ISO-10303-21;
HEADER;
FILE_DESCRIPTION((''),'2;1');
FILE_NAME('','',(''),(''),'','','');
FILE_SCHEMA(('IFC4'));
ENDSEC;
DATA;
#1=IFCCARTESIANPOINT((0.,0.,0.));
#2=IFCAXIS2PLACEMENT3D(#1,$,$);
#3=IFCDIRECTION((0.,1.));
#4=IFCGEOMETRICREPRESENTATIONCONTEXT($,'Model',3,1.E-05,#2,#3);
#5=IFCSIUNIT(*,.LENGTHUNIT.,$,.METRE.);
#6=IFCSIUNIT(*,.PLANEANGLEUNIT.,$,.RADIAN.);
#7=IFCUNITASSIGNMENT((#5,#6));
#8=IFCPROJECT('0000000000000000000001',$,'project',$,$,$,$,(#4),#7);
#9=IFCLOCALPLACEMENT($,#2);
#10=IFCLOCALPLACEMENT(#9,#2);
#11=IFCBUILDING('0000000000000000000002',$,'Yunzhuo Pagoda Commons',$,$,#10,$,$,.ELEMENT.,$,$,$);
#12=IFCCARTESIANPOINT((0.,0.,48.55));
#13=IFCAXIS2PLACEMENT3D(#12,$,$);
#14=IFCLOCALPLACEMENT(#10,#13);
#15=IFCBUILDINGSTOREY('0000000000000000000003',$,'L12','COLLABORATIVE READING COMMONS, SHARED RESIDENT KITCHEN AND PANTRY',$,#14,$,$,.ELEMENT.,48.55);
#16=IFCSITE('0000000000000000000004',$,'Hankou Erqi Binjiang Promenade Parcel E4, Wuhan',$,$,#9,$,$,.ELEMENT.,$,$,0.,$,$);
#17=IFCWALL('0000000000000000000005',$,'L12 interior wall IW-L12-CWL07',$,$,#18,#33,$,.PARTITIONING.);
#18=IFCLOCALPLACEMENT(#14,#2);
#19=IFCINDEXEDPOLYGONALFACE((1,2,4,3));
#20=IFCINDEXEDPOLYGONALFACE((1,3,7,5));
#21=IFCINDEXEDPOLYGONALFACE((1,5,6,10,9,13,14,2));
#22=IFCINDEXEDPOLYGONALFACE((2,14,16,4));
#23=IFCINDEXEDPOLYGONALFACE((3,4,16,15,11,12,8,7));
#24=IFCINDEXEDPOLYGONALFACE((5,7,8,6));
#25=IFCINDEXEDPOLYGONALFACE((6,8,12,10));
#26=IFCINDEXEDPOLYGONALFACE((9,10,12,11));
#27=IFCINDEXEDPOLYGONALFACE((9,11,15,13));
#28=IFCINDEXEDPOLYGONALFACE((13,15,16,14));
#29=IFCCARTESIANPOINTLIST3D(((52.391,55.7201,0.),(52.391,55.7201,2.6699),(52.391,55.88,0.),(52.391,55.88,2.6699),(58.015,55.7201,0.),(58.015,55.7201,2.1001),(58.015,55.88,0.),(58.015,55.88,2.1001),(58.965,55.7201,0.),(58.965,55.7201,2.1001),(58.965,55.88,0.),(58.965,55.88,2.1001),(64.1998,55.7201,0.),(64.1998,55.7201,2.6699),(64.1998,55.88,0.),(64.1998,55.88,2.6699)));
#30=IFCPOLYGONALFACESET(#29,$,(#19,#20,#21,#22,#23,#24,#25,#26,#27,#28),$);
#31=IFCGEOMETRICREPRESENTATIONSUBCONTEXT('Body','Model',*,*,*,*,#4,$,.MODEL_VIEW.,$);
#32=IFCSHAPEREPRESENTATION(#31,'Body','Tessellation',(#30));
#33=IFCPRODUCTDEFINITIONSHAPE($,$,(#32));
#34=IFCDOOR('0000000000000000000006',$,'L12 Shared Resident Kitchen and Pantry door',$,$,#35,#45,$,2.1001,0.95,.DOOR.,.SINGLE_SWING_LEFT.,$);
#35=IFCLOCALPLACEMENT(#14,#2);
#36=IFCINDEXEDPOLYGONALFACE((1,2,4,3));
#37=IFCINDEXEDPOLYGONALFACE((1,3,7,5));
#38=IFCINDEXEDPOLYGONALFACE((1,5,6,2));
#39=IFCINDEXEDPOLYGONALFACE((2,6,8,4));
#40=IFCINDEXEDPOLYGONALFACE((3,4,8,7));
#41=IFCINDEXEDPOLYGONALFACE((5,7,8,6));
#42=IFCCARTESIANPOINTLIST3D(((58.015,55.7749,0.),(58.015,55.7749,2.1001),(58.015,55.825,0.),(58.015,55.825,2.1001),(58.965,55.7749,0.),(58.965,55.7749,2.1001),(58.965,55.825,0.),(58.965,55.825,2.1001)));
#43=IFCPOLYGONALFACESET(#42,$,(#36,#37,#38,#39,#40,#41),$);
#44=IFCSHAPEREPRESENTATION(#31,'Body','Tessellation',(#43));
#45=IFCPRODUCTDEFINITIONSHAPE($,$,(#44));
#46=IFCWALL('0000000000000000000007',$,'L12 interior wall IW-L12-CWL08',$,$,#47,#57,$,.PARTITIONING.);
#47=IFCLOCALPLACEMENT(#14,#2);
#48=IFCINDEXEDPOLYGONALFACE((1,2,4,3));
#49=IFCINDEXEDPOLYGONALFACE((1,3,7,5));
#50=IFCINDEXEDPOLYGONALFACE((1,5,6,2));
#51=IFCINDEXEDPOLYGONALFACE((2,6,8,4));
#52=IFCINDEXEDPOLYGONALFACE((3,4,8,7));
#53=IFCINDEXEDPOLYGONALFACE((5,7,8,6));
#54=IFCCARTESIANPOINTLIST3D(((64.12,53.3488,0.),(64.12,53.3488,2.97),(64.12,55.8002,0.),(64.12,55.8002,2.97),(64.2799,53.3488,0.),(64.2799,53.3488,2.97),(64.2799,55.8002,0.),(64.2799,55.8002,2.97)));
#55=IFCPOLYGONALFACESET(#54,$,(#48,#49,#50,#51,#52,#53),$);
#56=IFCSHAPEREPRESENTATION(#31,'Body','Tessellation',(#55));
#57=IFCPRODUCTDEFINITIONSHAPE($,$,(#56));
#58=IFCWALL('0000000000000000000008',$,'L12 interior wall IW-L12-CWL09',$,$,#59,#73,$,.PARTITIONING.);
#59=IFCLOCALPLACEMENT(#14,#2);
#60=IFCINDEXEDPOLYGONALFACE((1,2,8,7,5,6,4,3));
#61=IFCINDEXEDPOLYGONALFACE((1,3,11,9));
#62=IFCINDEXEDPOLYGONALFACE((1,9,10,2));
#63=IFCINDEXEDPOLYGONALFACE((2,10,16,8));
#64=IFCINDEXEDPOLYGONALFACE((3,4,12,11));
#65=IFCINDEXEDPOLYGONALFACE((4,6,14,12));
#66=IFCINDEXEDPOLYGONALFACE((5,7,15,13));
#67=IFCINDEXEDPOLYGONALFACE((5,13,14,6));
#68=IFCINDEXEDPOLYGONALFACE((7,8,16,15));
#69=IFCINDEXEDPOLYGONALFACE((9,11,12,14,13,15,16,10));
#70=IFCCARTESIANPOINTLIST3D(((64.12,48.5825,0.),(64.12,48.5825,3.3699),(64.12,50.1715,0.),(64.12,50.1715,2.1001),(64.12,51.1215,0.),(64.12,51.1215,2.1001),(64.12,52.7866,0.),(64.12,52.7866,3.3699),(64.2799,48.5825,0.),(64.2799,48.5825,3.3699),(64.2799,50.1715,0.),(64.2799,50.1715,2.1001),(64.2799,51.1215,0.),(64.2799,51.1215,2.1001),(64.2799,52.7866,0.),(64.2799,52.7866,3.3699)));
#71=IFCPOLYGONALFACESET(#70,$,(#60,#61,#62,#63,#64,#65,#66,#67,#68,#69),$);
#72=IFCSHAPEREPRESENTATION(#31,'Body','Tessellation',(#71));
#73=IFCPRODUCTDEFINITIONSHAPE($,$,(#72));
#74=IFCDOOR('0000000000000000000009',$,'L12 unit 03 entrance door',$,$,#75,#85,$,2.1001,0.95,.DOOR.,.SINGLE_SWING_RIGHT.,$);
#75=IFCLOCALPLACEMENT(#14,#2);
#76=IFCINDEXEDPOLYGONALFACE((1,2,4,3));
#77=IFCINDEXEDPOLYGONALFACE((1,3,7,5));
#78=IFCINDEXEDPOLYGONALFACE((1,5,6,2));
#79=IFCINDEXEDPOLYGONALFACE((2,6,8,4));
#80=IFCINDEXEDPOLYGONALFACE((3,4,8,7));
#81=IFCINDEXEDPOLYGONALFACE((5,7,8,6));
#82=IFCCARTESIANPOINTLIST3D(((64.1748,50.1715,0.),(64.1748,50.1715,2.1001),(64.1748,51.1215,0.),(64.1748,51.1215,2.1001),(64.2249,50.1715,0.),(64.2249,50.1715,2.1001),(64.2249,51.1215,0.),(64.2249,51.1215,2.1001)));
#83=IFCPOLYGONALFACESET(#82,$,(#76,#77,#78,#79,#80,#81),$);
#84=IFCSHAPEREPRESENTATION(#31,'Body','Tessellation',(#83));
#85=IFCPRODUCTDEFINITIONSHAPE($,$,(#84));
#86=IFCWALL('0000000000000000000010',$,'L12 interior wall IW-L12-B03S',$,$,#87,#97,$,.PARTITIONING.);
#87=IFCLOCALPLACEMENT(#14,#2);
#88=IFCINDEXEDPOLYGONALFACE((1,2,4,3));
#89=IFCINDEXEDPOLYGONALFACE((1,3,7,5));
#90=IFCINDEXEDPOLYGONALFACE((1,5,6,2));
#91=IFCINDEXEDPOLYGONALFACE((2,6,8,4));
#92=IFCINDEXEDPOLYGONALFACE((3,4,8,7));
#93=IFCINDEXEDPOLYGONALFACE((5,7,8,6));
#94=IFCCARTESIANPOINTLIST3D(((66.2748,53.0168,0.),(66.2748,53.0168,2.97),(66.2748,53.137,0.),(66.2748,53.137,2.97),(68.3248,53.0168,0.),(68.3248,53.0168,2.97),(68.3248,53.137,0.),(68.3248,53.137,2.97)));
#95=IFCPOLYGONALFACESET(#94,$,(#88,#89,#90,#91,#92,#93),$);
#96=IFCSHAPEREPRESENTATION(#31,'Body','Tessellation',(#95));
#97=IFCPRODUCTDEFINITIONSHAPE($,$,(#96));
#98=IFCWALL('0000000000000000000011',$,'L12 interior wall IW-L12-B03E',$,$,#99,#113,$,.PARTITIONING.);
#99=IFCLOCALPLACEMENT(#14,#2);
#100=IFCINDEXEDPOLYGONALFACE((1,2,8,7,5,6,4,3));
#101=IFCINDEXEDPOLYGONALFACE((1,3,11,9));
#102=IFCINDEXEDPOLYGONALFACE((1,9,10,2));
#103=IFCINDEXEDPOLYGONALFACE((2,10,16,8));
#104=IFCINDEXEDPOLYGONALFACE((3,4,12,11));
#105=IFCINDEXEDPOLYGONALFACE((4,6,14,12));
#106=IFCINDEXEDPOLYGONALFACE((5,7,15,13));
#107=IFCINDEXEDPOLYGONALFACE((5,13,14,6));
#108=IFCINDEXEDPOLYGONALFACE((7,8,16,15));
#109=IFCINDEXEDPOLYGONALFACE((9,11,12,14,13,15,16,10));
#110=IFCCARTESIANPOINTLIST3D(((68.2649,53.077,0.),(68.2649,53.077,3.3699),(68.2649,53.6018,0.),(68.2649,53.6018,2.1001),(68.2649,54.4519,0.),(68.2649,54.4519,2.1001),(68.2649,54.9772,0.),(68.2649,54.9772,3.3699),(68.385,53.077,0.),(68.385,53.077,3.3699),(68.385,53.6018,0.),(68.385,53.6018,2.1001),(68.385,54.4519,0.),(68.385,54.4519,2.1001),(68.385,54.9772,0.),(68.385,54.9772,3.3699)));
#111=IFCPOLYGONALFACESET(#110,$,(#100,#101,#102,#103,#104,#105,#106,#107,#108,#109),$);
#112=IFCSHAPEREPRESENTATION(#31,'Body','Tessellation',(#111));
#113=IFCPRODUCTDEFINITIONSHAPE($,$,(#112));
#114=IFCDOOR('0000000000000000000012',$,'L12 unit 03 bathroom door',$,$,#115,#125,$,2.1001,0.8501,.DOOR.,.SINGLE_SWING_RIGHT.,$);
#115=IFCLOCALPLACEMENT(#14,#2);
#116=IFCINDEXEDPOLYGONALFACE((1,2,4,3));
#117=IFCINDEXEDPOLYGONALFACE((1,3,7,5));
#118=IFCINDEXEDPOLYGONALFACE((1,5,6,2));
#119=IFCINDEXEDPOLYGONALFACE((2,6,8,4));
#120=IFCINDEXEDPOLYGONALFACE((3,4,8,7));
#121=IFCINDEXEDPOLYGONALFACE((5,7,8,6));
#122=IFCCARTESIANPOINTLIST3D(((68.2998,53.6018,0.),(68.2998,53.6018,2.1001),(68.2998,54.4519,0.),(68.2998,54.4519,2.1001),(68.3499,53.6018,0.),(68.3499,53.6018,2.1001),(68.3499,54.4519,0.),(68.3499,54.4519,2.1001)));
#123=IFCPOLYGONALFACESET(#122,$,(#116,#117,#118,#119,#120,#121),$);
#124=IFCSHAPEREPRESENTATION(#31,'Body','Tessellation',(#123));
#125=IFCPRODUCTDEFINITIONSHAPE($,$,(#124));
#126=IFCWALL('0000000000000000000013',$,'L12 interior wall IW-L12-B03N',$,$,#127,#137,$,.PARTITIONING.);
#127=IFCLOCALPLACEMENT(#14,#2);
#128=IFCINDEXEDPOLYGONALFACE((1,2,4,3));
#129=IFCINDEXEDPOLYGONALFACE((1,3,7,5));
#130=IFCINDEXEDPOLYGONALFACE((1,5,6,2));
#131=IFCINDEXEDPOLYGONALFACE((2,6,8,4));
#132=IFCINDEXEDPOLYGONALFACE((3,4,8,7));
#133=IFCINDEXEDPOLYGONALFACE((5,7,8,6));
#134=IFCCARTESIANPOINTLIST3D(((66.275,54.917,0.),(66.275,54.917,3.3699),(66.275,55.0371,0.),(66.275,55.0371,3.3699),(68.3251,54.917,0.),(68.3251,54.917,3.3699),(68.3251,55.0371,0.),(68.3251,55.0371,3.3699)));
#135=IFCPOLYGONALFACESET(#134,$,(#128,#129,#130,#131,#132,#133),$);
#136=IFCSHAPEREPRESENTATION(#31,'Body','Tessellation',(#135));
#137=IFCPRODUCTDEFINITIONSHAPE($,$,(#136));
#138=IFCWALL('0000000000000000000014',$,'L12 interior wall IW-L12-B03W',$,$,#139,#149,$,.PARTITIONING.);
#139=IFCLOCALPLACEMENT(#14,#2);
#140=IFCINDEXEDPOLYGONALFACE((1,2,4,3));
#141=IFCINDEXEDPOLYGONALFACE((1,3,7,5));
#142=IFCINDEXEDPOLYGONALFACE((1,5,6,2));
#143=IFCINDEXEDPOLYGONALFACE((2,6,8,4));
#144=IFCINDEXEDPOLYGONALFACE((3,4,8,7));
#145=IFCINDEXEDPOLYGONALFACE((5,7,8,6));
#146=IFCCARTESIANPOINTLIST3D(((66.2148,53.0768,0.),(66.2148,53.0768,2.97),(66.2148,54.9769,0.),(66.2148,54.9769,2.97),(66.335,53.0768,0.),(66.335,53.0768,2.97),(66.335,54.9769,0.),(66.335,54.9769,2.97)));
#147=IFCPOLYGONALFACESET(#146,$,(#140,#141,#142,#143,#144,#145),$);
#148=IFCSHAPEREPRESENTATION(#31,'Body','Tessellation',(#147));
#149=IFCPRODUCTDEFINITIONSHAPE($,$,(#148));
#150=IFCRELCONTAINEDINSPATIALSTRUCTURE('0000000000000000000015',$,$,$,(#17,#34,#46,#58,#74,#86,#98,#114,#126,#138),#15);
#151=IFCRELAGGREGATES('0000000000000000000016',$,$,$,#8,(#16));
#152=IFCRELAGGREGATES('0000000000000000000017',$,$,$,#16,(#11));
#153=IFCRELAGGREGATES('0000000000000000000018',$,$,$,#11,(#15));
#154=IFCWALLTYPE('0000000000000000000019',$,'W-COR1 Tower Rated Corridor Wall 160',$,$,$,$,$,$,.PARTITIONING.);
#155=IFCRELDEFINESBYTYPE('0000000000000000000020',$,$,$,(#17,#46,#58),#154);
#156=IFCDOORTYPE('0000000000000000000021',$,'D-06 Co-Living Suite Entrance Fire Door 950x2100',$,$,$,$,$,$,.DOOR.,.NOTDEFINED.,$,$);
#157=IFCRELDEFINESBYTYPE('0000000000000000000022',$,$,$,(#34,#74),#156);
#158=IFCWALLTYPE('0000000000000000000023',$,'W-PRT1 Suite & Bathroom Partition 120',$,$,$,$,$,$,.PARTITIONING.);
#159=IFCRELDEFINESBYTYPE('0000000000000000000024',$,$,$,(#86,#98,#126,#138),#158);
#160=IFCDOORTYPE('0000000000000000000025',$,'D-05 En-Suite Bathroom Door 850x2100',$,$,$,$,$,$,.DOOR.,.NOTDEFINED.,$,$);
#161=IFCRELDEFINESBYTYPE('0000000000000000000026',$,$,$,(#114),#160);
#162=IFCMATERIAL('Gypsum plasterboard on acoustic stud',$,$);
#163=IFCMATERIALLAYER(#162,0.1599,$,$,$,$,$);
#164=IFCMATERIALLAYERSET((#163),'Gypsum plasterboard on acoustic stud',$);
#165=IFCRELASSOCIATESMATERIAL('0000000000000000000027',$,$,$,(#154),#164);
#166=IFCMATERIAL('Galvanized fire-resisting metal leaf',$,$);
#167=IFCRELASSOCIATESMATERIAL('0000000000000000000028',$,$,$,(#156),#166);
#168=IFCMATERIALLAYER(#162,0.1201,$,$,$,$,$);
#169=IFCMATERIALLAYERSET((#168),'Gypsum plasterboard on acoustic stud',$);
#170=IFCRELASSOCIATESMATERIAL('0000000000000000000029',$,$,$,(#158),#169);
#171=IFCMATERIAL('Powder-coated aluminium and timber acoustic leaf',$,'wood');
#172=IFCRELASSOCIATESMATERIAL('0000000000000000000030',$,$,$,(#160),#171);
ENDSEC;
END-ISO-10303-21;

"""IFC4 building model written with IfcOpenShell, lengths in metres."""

from ifc_helpers import new_model, si_unit, direction, frame, frame_2d, origin, origin_with_axes, place, context, subcontext, project, spatial, rectangle, extrude, source, transform, mapped, material, layer, layer_set, type_object, element, fill, save


model = new_model("IFC4")

# Units and contexts
model_context = context("Model", 3, precision=1e-05, world=origin(), true_north=direction((0.0, 1.0)))
body_context = subcontext(model_context, "Body", "Model", "MODEL_VIEW")
ifc_project = project(units=[si_unit("LENGTHUNIT", "METRE"), si_unit("PLANEANGLEUNIT", "RADIAN")], contexts=[model_context])

# Site, building, storey
site_placement = place(None, origin())
site = spatial("IfcSite", under=ifc_project, at=site_placement, Name="Hankou Erqi Binjiang Promenade Parcel E4, Wuhan", CompositionType="ELEMENT", RefElevation=0.0)
building_placement = place(site_placement, origin())
building = spatial("IfcBuilding", under=site, at=building_placement, Name="Yunzhuo Pagoda Commons", CompositionType="ELEMENT")
storey_placement = place(building_placement, frame((0.0, 0.0, 48.55)))
storey = spatial("IfcBuildingStorey", under=building, at=storey_placement, Name="L12", Description="COLLABORATIVE READING COMMONS, SHARED RESIDENT KITCHEN AND PANTRY", CompositionType="ELEMENT", Elevation=48.55)

# Wall, opening, door
ifc_material_1 = material(Name="Gypsum plasterboard on acoustic stud")
ifc_layer_1 = layer(ifc_material_1, 0.1599)
ifc_layer_set_1 = layer_set([ifc_layer_1], Name="Gypsum plasterboard on acoustic stud")
wall_type_1 = type_object("IfcWallType", Name="W-COR1 Tower Rated Corridor Wall 160", PredefinedType="PARTITIONING", material=ifc_layer_set_1)
wall_1_placement = place(storey_placement, frame((52.3911, 55.8, 0.0), z_axis=(0.0, 0.0, 1.0), x_axis=(1.0, 0.0, 0.0)))
wall_1 = element("IfcWall", 1, at=wall_1_placement, inside=storey, type_object=wall_type_1, Name="L12 interior wall IW-L12-CWL07", PredefinedType="PARTITIONING", context=body_context, shape_type="SweptSolid", body=[
    extrude(rectangle(XDim=11.8088, YDim=0.1599, at=frame_2d((5.9043, 0.0))), origin(), (0.0, 0.0, 1.0), 2.6699),
])
opening_1_placement = place(wall_1_placement, frame((5.6238, 0.0, 0.0)))
opening_1 = element("IfcOpeningElement", 2, at=opening_1_placement, cuts=wall_1, PredefinedType="OPENING", context=body_context, shape_type="SweptSolid", body=[
    extrude(rectangle(XDim=0.95, YDim=2.1001, at=frame_2d((0.4751, 1.05))), frame((0.0, 0.0898, 0.0), z_axis=(0.0, -1.0, 0.0), x_axis=(1.0, 0.0, 0.0)), (0.0, 0.0, 1.0), 0.1799),
])
ifc_material_2 = material(Name="Galvanized fire-resisting metal leaf")
door_type_1 = type_object("IfcDoorType", Name="D-06 Co-Living Suite Entrance Fire Door 950x2100", OperationType="NOTDEFINED", PredefinedType="DOOR", material=ifc_material_2)
shared_shape_1 = source(origin(), body_context, "Body", "SweptSolid", [
    extrude(rectangle(XDim=0.95, YDim=2.1001, at=frame_2d((0.4751, 1.05))), frame((0.0, 0.0249, 0.0), z_axis=(0.0, -1.0, 0.0), x_axis=(1.0, 0.0, 0.0)), (0.0, 0.0, 1.0), 0.05),
])
door_1_placement = place(opening_1_placement, origin_with_axes())
door_1 = element("IfcDoor", 3, at=door_1_placement, inside=storey, type_object=door_type_1, Name="L12 Shared Resident Kitchen and Pantry door", OperationType="SINGLE_SWING_LEFT", OverallHeight=2.1001, OverallWidth=0.95, PredefinedType="DOOR", context=body_context, shape_type="MappedRepresentation", body=[
    mapped(shared_shape_1, transform((0.0, 0.0, 0.0), scale=1.0)),
])
fill(opening_1, door_1)

# Wall
wall_2_placement = place(storey_placement, frame((64.2, 55.8, 0.0), z_axis=(0.0, 0.0, 1.0), x_axis=(0.0, -1.0, 0.0)))
element("IfcWall", 4, at=wall_2_placement, inside=storey, type_object=wall_type_1, Name="L12 interior wall IW-L12-CWL08", PredefinedType="PARTITIONING", context=body_context, shape_type="SweptSolid", body=[
    extrude(rectangle(XDim=2.4514, YDim=0.1599, at=frame_2d((1.2256, 0.0))), origin(), (0.0, 0.0, 1.0), 2.97),
])

# Wall, opening, door
wall_3_placement = place(storey_placement, frame((64.2, 52.7866, 0.0), z_axis=(0.0, 0.0, 1.0), x_axis=(0.0, -1.0, 0.0)))
wall_3 = element("IfcWall", 5, at=wall_3_placement, inside=storey, type_object=wall_type_1, Name="L12 interior wall IW-L12-CWL09", PredefinedType="PARTITIONING", context=body_context, shape_type="SweptSolid", body=[
    extrude(rectangle(XDim=4.2041, YDim=0.1599, at=frame_2d((2.1021, 0.0))), origin(), (0.0, 0.0, 1.0), 3.3699),
])
opening_2_placement = place(wall_3_placement, frame((1.665, 0.0, 0.0)))
opening_2 = element("IfcOpeningElement", 6, at=opening_2_placement, cuts=wall_3, PredefinedType="OPENING", context=body_context, shape_type="SweptSolid", body=[
    extrude(rectangle(XDim=0.95, YDim=2.1001, at=frame_2d((0.4751, 1.05))), frame((0.0, 0.0898, 0.0), z_axis=(0.0, -1.0, 0.0), x_axis=(1.0, 0.0, 0.0)), (0.0, 0.0, 1.0), 0.1799),
])
door_2_placement = place(opening_2_placement, origin_with_axes())
door_2 = element("IfcDoor", 7, at=door_2_placement, inside=storey, type_object=door_type_1, Name="L12 unit 03 entrance door", OperationType="SINGLE_SWING_RIGHT", OverallHeight=2.1001, OverallWidth=0.95, PredefinedType="DOOR", context=body_context, shape_type="MappedRepresentation", body=[
    mapped(shared_shape_1, transform((0.0, 0.0, 0.0), scale=1.0)),
])
fill(opening_2, door_2)

# Wall
ifc_layer_2 = layer(ifc_material_1, 0.1201)
ifc_layer_set_2 = layer_set([ifc_layer_2], Name="Gypsum plasterboard on acoustic stud")
wall_type_2 = type_object("IfcWallType", Name="W-PRT1 Suite & Bathroom Partition 120", PredefinedType="PARTITIONING", material=ifc_layer_set_2)
wall_4_placement = place(storey_placement, frame((66.2749, 53.0769, 0.0), z_axis=(0.0, 0.0, 1.0), x_axis=(1.0, 0.0, 0.0)))
element("IfcWall", 8, at=wall_4_placement, inside=storey, type_object=wall_type_2, Name="L12 interior wall IW-L12-B03S", PredefinedType="PARTITIONING", context=body_context, shape_type="SweptSolid", body=[
    extrude(rectangle(XDim=2.05, YDim=0.1201, at=frame_2d((1.0249, 0.0))), origin(), (0.0, 0.0, 1.0), 2.97),
])

# Wall, opening, door
wall_5_placement = place(storey_placement, frame((68.325, 53.0769, 0.0), z_axis=(0.0, 0.0, 1.0), x_axis=(0.0, 1.0, 0.0)))
wall_5 = element("IfcWall", 9, at=wall_5_placement, inside=storey, type_object=wall_type_2, Name="L12 interior wall IW-L12-B03E", PredefinedType="PARTITIONING", context=body_context, shape_type="SweptSolid", body=[
    extrude(rectangle(XDim=1.9001, YDim=0.1201, at=frame_2d((0.9502, 0.0))), origin(), (0.0, 0.0, 1.0), 3.3699),
])
opening_3_placement = place(wall_5_placement, frame((0.5249, 0.0, 0.0)))
opening_3 = element("IfcOpeningElement", 10, at=opening_3_placement, cuts=wall_5, PredefinedType="OPENING", context=body_context, shape_type="SweptSolid", body=[
    extrude(rectangle(XDim=0.8501, YDim=2.1001, at=frame_2d((0.425, 1.05))), frame((0.0, 0.0701, 0.0), z_axis=(0.0, -1.0, 0.0), x_axis=(1.0, 0.0, 0.0)), (0.0, 0.0, 1.0), 0.1401),
])
ifc_material_3 = material(Name="Powder-coated aluminium and timber acoustic leaf", Category="wood")
door_type_2 = type_object("IfcDoorType", Name="D-05 En-Suite Bathroom Door 850x2100", OperationType="NOTDEFINED", PredefinedType="DOOR", material=ifc_material_3)
shared_shape_2 = source(origin(), body_context, "Body", "SweptSolid", [
    extrude(rectangle(XDim=0.8501, YDim=2.1001, at=frame_2d((0.425, 1.05))), frame((0.0, 0.0249, 0.0), z_axis=(0.0, -1.0, 0.0), x_axis=(1.0, 0.0, 0.0)), (0.0, 0.0, 1.0), 0.05),
])
door_3_placement = place(opening_3_placement, frame((0.8501, 0.0, 0.0), z_axis=(0.0, 0.0, 1.0), x_axis=(-1.0, 0.0, 0.0)))
door_3 = element("IfcDoor", 11, at=door_3_placement, inside=storey, type_object=door_type_2, Name="L12 unit 03 bathroom door", OperationType="SINGLE_SWING_RIGHT", OverallHeight=2.1001, OverallWidth=0.8501, PredefinedType="DOOR", context=body_context, shape_type="MappedRepresentation", body=[
    mapped(shared_shape_2, transform((0.0, 0.0, 0.0), scale=1.0)),
])
fill(opening_3, door_3)

# Walls
wall_6_placement = place(storey_placement, frame((68.325, 54.9771, 0.0), z_axis=(0.0, 0.0, 1.0), x_axis=(-1.0, 0.0, 0.0)))
element("IfcWall", 12, at=wall_6_placement, inside=storey, type_object=wall_type_2, Name="L12 interior wall IW-L12-B03N", PredefinedType="PARTITIONING", context=body_context, shape_type="SweptSolid", body=[
    extrude(rectangle(XDim=2.05, YDim=0.1201, at=frame_2d((1.0249, 0.0))), origin(), (0.0, 0.0, 1.0), 3.3699),
])
wall_7_placement = place(storey_placement, frame((66.2749, 54.9771, 0.0), z_axis=(0.0, 0.0, 1.0), x_axis=(0.0, -1.0, 0.0)))
element("IfcWall", 13, at=wall_7_placement, inside=storey, type_object=wall_type_2, Name="L12 interior wall IW-L12-B03W", PredefinedType="PARTITIONING", context=body_context, shape_type="SweptSolid", body=[
    extrude(rectangle(XDim=1.9001, YDim=0.1201, at=frame_2d((0.9502, 0.0))), origin(), (0.0, 0.0, 1.0), 2.97),
])

save(model, "model.ifc")
